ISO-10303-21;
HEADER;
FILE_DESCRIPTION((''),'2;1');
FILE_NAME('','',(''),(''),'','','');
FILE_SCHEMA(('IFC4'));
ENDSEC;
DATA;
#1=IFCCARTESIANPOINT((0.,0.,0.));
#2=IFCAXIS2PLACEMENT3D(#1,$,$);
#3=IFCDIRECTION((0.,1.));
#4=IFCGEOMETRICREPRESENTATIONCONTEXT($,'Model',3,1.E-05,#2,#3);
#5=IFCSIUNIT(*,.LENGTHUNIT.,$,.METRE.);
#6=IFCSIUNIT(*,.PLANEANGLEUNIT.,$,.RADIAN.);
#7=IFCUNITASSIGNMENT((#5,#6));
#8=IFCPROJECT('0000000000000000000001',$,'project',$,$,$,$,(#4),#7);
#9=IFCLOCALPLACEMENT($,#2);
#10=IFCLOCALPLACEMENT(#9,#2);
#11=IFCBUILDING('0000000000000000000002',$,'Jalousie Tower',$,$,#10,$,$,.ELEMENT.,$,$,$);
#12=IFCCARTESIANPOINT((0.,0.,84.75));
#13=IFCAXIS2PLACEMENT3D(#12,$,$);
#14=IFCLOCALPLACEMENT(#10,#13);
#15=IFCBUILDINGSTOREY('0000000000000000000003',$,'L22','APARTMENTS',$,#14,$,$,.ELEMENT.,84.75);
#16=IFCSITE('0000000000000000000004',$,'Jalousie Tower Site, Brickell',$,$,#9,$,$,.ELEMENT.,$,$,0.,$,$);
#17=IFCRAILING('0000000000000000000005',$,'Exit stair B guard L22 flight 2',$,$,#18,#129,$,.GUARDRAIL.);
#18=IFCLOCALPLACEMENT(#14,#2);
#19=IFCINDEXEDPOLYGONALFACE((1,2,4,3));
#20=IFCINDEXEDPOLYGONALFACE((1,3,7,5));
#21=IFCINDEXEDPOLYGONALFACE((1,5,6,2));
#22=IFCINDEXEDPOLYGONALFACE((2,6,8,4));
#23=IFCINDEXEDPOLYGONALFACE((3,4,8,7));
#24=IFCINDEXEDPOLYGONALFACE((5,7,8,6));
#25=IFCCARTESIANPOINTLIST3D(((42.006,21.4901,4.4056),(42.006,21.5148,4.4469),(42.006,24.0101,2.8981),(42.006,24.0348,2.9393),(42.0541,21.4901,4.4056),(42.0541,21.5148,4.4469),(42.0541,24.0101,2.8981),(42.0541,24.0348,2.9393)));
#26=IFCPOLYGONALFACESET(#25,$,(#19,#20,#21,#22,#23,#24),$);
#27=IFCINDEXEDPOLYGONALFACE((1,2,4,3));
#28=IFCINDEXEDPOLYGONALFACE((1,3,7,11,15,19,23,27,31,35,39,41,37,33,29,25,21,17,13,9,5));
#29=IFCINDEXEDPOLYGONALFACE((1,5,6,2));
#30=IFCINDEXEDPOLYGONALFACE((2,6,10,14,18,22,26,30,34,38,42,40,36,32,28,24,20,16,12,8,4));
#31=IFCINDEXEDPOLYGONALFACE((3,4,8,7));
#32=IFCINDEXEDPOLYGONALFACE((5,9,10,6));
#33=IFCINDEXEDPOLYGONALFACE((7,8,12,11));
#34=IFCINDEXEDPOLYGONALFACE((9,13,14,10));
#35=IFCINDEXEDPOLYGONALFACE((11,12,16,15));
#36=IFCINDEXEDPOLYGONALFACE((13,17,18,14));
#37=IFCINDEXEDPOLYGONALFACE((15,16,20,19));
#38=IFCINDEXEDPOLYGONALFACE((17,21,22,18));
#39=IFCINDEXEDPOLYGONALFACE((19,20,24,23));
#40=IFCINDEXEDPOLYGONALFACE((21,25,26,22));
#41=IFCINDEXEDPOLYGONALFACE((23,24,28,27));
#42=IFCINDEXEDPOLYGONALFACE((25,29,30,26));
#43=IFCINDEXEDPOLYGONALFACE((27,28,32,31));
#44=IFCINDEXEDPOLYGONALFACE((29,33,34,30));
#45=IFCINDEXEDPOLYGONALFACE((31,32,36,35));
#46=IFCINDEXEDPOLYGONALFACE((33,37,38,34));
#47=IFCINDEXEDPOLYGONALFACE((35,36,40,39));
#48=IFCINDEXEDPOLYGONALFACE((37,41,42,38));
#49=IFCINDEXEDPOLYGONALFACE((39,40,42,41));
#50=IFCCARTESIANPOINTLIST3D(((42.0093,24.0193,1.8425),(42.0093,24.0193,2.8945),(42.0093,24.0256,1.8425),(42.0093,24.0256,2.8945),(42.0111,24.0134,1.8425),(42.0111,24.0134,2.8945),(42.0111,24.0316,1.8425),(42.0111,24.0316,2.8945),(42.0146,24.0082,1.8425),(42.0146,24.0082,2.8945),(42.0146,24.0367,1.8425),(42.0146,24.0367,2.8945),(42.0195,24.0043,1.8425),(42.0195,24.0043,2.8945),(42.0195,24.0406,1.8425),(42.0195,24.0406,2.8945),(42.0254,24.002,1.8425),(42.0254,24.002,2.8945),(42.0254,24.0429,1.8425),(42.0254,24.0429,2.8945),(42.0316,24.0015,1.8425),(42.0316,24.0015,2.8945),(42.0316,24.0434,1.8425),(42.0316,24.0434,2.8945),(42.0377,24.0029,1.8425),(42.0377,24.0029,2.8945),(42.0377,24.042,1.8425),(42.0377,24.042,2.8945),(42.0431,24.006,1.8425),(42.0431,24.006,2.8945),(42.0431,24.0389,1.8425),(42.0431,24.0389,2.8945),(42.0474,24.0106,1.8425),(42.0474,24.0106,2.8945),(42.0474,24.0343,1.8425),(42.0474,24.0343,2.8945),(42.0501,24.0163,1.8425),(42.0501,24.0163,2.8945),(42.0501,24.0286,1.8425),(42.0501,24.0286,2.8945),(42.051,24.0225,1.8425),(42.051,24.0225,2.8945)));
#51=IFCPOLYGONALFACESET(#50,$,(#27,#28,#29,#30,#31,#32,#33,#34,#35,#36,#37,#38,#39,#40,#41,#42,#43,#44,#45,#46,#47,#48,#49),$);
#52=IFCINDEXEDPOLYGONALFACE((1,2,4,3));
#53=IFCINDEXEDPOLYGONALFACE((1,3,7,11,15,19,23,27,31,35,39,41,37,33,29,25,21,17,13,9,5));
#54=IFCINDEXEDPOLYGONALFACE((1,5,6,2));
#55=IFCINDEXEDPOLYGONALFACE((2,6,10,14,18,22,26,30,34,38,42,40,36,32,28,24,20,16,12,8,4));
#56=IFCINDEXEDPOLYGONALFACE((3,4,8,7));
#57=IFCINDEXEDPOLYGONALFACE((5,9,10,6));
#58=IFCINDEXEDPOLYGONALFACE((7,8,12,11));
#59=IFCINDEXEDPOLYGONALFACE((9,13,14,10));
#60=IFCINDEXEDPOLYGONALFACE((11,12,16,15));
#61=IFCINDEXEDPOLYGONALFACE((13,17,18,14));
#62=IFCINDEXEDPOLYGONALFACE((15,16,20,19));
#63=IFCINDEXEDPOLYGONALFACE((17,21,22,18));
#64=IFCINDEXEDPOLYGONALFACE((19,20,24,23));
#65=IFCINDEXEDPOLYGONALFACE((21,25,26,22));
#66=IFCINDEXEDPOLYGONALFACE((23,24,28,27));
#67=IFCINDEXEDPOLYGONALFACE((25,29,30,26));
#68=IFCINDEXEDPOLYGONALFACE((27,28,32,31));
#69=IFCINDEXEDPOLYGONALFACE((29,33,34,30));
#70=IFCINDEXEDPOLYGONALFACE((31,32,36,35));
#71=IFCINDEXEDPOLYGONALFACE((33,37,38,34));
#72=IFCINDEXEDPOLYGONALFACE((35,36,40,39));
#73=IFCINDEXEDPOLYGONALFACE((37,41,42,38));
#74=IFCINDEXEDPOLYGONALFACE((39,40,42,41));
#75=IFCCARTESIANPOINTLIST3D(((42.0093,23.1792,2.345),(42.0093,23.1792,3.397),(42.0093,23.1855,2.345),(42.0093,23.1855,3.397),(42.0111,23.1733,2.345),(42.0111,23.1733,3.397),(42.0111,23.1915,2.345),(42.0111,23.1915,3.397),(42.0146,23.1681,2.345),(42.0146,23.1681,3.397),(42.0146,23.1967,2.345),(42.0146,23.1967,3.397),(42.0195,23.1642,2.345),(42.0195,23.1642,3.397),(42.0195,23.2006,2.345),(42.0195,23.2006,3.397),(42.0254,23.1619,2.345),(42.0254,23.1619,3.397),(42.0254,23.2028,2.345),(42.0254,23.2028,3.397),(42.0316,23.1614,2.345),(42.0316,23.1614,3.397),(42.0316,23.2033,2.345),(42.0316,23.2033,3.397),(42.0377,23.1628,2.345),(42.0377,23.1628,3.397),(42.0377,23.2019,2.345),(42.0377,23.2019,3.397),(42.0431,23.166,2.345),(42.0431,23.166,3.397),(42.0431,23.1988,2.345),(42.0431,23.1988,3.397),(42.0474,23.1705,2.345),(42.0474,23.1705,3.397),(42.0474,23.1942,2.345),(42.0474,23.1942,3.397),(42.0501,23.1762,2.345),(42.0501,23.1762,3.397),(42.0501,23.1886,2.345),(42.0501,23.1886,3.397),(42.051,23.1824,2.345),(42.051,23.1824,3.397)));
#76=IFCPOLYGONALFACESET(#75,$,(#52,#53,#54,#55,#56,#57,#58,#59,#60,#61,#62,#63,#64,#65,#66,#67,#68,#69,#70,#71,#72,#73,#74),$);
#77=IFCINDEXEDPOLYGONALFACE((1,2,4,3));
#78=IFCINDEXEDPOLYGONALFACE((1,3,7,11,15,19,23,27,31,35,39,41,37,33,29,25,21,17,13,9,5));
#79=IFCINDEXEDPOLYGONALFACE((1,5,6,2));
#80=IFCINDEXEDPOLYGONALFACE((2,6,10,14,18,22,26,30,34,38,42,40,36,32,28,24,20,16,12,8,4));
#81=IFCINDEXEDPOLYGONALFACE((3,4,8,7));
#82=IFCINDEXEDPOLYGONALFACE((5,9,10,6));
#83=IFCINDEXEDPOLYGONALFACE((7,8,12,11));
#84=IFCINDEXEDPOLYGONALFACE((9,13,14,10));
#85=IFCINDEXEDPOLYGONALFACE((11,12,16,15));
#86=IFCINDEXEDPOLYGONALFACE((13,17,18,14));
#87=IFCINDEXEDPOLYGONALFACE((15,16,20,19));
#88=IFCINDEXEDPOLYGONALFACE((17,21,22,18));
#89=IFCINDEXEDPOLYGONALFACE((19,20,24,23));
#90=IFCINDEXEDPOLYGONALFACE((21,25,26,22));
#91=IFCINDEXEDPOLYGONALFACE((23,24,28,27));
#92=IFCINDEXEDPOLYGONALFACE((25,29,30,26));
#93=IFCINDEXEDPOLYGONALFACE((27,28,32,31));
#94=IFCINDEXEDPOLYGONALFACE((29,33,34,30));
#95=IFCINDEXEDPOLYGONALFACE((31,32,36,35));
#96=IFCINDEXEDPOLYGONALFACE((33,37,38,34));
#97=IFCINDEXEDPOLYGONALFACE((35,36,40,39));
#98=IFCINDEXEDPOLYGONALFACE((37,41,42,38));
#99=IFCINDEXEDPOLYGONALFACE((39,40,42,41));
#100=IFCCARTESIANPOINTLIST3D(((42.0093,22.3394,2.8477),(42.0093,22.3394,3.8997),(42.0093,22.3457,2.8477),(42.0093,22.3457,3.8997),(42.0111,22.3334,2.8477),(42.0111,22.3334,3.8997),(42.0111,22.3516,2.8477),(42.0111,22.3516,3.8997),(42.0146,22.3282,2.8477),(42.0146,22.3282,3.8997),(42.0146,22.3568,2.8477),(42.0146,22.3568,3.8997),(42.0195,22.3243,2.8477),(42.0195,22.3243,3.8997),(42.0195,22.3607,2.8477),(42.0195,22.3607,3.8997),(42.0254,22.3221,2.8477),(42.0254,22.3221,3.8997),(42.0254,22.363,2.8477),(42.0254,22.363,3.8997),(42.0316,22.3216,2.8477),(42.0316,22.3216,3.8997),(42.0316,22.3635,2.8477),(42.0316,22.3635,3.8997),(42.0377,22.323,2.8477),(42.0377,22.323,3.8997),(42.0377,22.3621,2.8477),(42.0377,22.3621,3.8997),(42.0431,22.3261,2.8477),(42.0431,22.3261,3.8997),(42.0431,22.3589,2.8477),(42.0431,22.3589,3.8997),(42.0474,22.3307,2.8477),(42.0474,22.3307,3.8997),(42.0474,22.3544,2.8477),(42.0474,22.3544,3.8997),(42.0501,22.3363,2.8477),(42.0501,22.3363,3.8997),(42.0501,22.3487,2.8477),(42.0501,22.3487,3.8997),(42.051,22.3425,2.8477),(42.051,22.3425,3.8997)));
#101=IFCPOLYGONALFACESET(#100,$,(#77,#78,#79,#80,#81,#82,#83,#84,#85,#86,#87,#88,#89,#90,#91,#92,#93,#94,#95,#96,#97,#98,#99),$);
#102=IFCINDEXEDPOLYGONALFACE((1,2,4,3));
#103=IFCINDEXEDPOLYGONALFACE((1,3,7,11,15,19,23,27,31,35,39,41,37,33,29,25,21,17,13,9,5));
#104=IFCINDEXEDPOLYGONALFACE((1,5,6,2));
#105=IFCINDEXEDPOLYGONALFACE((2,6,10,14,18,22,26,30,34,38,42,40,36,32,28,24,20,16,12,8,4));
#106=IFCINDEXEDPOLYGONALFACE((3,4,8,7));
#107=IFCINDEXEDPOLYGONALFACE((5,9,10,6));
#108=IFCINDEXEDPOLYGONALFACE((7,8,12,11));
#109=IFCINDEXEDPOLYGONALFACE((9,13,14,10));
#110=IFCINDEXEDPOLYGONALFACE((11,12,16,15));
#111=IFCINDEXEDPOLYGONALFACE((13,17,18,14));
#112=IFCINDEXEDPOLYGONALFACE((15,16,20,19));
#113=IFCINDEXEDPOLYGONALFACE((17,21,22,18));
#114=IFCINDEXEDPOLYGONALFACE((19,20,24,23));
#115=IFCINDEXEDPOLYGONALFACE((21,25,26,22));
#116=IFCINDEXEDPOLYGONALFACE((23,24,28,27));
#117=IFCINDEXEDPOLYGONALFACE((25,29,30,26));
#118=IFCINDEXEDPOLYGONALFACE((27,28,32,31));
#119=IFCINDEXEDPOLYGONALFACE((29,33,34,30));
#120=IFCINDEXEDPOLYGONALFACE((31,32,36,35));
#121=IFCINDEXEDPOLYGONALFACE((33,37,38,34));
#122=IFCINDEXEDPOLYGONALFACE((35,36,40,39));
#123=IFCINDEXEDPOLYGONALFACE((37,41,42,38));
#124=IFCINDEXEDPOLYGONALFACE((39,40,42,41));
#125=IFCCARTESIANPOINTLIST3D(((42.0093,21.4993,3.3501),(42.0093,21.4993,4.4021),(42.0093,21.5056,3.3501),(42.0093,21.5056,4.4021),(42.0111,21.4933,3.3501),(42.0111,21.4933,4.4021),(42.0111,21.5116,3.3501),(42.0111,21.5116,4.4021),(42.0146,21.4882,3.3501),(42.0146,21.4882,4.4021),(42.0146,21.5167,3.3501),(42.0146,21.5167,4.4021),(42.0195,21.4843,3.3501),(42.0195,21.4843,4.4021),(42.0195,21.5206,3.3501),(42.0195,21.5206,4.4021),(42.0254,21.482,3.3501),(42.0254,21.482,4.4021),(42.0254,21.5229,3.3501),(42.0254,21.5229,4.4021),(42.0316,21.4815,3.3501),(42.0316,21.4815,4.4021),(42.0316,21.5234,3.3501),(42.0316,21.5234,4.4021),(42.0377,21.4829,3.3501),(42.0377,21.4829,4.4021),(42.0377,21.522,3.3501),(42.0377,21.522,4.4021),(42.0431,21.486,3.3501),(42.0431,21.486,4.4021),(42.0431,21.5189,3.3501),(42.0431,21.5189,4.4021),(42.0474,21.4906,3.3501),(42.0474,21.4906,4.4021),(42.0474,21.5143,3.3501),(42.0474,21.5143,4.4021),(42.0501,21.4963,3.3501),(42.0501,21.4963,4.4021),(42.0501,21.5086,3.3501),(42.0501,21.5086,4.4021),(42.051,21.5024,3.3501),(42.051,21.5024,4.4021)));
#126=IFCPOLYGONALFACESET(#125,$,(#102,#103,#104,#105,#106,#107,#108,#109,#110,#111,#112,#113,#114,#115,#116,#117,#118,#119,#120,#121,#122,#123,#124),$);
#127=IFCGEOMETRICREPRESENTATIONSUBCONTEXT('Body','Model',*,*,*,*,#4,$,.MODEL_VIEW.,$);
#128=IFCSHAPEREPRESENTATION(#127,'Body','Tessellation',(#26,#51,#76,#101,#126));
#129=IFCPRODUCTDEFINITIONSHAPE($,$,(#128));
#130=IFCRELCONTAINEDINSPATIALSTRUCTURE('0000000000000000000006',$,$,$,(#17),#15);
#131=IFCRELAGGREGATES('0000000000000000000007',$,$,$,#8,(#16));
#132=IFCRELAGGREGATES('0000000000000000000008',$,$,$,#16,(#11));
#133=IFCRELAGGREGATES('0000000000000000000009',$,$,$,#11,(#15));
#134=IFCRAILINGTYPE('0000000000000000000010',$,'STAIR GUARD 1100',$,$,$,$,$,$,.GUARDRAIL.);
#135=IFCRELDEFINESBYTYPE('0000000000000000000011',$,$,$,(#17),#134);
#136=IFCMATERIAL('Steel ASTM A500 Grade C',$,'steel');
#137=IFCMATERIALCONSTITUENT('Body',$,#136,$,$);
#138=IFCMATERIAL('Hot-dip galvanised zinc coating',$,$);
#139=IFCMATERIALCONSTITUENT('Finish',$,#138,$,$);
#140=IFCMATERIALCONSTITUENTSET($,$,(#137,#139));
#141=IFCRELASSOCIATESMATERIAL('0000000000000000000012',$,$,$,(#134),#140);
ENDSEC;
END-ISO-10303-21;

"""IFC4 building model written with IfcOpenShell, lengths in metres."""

from ifc_helpers import new_model, si_unit, direction, frame, origin, origin_2d, place, context, subcontext, project, spatial, rectangle, circle, extrude, material, constituent, constituent_set, type_object, element, save


model = new_model("IFC4")

# Units and contexts
model_context = context("Model", 3, precision=1e-05, world=origin(), true_north=direction((0.0, 1.0)))
body_context = subcontext(model_context, "Body", "Model", "MODEL_VIEW")
ifc_project = project(units=[si_unit("LENGTHUNIT", "METRE"), si_unit("PLANEANGLEUNIT", "RADIAN")], contexts=[model_context])

# Site, building, storey
site_placement = place(None, origin())
site = spatial("IfcSite", under=ifc_project, at=site_placement, Name="Jalousie Tower Site, Brickell", CompositionType="ELEMENT", RefElevation=0.0)
building_placement = place(site_placement, origin())
building = spatial("IfcBuilding", under=site, at=building_placement, Name="Jalousie Tower", CompositionType="ELEMENT")
storey_placement = place(building_placement, frame((0.0, 0.0, 84.75)))
storey = spatial("IfcBuildingStorey", under=building, at=storey_placement, Name="L22", Description="APARTMENTS", CompositionType="ELEMENT", Elevation=84.75)

# Railing
ifc_material_1 = material(Name="Steel ASTM A500 Grade C", Category="steel")
ifc_constituent_1 = constituent(ifc_material_1, Name="Body")
ifc_material_2 = material(Name="Hot-dip galvanised zinc coating")
ifc_constituent_2 = constituent(ifc_material_2, Name="Finish")
ifc_constituent_set_1 = constituent_set(constituents=[ifc_constituent_1, ifc_constituent_2])
railing_type_1 = type_object("IfcRailingType", Name="STAIR GUARD 1100", PredefinedType="GUARDRAIL", material=ifc_constituent_set_1)
railing_1_placement = place(storey_placement, frame((42.03, 24.0225, 1.8425)))
element("IfcRailing", 1, at=railing_1_placement, inside=storey, type_object=railing_type_1, Name="Exit stair B guard L22 flight 2", PredefinedType="GUARDRAIL", context=body_context, shape_type="SweptSolid", body=[
    extrude(rectangle(XDim=0.0481, YDim=0.0481, at=origin_2d()), frame((0.0, 0.0, 1.0762), z_axis=(0.0, -0.85816, 0.513383), x_axis=(1.0, 0.0, 0.0)), (0.0, 0.0, 1.0), 2.9365),
    extrude(circle(Radius=0.021, at=origin_2d()), origin(), (0.0, 0.0, 1.0), 1.052),
    extrude(circle(Radius=0.021, at=origin_2d()), frame((0.0, -0.8401, 0.5024)), (0.0, 0.0, 1.0), 1.052),
    extrude(circle(Radius=0.021, at=origin_2d()), frame((0.0, -1.6799, 1.0051)), (0.0, 0.0, 1.0), 1.052),
    extrude(circle(Radius=0.021, at=origin_2d()), frame((0.0, -2.52, 1.5076)), (0.0, 0.0, 1.0), 1.052),
])

save(model, "model.ifc")
